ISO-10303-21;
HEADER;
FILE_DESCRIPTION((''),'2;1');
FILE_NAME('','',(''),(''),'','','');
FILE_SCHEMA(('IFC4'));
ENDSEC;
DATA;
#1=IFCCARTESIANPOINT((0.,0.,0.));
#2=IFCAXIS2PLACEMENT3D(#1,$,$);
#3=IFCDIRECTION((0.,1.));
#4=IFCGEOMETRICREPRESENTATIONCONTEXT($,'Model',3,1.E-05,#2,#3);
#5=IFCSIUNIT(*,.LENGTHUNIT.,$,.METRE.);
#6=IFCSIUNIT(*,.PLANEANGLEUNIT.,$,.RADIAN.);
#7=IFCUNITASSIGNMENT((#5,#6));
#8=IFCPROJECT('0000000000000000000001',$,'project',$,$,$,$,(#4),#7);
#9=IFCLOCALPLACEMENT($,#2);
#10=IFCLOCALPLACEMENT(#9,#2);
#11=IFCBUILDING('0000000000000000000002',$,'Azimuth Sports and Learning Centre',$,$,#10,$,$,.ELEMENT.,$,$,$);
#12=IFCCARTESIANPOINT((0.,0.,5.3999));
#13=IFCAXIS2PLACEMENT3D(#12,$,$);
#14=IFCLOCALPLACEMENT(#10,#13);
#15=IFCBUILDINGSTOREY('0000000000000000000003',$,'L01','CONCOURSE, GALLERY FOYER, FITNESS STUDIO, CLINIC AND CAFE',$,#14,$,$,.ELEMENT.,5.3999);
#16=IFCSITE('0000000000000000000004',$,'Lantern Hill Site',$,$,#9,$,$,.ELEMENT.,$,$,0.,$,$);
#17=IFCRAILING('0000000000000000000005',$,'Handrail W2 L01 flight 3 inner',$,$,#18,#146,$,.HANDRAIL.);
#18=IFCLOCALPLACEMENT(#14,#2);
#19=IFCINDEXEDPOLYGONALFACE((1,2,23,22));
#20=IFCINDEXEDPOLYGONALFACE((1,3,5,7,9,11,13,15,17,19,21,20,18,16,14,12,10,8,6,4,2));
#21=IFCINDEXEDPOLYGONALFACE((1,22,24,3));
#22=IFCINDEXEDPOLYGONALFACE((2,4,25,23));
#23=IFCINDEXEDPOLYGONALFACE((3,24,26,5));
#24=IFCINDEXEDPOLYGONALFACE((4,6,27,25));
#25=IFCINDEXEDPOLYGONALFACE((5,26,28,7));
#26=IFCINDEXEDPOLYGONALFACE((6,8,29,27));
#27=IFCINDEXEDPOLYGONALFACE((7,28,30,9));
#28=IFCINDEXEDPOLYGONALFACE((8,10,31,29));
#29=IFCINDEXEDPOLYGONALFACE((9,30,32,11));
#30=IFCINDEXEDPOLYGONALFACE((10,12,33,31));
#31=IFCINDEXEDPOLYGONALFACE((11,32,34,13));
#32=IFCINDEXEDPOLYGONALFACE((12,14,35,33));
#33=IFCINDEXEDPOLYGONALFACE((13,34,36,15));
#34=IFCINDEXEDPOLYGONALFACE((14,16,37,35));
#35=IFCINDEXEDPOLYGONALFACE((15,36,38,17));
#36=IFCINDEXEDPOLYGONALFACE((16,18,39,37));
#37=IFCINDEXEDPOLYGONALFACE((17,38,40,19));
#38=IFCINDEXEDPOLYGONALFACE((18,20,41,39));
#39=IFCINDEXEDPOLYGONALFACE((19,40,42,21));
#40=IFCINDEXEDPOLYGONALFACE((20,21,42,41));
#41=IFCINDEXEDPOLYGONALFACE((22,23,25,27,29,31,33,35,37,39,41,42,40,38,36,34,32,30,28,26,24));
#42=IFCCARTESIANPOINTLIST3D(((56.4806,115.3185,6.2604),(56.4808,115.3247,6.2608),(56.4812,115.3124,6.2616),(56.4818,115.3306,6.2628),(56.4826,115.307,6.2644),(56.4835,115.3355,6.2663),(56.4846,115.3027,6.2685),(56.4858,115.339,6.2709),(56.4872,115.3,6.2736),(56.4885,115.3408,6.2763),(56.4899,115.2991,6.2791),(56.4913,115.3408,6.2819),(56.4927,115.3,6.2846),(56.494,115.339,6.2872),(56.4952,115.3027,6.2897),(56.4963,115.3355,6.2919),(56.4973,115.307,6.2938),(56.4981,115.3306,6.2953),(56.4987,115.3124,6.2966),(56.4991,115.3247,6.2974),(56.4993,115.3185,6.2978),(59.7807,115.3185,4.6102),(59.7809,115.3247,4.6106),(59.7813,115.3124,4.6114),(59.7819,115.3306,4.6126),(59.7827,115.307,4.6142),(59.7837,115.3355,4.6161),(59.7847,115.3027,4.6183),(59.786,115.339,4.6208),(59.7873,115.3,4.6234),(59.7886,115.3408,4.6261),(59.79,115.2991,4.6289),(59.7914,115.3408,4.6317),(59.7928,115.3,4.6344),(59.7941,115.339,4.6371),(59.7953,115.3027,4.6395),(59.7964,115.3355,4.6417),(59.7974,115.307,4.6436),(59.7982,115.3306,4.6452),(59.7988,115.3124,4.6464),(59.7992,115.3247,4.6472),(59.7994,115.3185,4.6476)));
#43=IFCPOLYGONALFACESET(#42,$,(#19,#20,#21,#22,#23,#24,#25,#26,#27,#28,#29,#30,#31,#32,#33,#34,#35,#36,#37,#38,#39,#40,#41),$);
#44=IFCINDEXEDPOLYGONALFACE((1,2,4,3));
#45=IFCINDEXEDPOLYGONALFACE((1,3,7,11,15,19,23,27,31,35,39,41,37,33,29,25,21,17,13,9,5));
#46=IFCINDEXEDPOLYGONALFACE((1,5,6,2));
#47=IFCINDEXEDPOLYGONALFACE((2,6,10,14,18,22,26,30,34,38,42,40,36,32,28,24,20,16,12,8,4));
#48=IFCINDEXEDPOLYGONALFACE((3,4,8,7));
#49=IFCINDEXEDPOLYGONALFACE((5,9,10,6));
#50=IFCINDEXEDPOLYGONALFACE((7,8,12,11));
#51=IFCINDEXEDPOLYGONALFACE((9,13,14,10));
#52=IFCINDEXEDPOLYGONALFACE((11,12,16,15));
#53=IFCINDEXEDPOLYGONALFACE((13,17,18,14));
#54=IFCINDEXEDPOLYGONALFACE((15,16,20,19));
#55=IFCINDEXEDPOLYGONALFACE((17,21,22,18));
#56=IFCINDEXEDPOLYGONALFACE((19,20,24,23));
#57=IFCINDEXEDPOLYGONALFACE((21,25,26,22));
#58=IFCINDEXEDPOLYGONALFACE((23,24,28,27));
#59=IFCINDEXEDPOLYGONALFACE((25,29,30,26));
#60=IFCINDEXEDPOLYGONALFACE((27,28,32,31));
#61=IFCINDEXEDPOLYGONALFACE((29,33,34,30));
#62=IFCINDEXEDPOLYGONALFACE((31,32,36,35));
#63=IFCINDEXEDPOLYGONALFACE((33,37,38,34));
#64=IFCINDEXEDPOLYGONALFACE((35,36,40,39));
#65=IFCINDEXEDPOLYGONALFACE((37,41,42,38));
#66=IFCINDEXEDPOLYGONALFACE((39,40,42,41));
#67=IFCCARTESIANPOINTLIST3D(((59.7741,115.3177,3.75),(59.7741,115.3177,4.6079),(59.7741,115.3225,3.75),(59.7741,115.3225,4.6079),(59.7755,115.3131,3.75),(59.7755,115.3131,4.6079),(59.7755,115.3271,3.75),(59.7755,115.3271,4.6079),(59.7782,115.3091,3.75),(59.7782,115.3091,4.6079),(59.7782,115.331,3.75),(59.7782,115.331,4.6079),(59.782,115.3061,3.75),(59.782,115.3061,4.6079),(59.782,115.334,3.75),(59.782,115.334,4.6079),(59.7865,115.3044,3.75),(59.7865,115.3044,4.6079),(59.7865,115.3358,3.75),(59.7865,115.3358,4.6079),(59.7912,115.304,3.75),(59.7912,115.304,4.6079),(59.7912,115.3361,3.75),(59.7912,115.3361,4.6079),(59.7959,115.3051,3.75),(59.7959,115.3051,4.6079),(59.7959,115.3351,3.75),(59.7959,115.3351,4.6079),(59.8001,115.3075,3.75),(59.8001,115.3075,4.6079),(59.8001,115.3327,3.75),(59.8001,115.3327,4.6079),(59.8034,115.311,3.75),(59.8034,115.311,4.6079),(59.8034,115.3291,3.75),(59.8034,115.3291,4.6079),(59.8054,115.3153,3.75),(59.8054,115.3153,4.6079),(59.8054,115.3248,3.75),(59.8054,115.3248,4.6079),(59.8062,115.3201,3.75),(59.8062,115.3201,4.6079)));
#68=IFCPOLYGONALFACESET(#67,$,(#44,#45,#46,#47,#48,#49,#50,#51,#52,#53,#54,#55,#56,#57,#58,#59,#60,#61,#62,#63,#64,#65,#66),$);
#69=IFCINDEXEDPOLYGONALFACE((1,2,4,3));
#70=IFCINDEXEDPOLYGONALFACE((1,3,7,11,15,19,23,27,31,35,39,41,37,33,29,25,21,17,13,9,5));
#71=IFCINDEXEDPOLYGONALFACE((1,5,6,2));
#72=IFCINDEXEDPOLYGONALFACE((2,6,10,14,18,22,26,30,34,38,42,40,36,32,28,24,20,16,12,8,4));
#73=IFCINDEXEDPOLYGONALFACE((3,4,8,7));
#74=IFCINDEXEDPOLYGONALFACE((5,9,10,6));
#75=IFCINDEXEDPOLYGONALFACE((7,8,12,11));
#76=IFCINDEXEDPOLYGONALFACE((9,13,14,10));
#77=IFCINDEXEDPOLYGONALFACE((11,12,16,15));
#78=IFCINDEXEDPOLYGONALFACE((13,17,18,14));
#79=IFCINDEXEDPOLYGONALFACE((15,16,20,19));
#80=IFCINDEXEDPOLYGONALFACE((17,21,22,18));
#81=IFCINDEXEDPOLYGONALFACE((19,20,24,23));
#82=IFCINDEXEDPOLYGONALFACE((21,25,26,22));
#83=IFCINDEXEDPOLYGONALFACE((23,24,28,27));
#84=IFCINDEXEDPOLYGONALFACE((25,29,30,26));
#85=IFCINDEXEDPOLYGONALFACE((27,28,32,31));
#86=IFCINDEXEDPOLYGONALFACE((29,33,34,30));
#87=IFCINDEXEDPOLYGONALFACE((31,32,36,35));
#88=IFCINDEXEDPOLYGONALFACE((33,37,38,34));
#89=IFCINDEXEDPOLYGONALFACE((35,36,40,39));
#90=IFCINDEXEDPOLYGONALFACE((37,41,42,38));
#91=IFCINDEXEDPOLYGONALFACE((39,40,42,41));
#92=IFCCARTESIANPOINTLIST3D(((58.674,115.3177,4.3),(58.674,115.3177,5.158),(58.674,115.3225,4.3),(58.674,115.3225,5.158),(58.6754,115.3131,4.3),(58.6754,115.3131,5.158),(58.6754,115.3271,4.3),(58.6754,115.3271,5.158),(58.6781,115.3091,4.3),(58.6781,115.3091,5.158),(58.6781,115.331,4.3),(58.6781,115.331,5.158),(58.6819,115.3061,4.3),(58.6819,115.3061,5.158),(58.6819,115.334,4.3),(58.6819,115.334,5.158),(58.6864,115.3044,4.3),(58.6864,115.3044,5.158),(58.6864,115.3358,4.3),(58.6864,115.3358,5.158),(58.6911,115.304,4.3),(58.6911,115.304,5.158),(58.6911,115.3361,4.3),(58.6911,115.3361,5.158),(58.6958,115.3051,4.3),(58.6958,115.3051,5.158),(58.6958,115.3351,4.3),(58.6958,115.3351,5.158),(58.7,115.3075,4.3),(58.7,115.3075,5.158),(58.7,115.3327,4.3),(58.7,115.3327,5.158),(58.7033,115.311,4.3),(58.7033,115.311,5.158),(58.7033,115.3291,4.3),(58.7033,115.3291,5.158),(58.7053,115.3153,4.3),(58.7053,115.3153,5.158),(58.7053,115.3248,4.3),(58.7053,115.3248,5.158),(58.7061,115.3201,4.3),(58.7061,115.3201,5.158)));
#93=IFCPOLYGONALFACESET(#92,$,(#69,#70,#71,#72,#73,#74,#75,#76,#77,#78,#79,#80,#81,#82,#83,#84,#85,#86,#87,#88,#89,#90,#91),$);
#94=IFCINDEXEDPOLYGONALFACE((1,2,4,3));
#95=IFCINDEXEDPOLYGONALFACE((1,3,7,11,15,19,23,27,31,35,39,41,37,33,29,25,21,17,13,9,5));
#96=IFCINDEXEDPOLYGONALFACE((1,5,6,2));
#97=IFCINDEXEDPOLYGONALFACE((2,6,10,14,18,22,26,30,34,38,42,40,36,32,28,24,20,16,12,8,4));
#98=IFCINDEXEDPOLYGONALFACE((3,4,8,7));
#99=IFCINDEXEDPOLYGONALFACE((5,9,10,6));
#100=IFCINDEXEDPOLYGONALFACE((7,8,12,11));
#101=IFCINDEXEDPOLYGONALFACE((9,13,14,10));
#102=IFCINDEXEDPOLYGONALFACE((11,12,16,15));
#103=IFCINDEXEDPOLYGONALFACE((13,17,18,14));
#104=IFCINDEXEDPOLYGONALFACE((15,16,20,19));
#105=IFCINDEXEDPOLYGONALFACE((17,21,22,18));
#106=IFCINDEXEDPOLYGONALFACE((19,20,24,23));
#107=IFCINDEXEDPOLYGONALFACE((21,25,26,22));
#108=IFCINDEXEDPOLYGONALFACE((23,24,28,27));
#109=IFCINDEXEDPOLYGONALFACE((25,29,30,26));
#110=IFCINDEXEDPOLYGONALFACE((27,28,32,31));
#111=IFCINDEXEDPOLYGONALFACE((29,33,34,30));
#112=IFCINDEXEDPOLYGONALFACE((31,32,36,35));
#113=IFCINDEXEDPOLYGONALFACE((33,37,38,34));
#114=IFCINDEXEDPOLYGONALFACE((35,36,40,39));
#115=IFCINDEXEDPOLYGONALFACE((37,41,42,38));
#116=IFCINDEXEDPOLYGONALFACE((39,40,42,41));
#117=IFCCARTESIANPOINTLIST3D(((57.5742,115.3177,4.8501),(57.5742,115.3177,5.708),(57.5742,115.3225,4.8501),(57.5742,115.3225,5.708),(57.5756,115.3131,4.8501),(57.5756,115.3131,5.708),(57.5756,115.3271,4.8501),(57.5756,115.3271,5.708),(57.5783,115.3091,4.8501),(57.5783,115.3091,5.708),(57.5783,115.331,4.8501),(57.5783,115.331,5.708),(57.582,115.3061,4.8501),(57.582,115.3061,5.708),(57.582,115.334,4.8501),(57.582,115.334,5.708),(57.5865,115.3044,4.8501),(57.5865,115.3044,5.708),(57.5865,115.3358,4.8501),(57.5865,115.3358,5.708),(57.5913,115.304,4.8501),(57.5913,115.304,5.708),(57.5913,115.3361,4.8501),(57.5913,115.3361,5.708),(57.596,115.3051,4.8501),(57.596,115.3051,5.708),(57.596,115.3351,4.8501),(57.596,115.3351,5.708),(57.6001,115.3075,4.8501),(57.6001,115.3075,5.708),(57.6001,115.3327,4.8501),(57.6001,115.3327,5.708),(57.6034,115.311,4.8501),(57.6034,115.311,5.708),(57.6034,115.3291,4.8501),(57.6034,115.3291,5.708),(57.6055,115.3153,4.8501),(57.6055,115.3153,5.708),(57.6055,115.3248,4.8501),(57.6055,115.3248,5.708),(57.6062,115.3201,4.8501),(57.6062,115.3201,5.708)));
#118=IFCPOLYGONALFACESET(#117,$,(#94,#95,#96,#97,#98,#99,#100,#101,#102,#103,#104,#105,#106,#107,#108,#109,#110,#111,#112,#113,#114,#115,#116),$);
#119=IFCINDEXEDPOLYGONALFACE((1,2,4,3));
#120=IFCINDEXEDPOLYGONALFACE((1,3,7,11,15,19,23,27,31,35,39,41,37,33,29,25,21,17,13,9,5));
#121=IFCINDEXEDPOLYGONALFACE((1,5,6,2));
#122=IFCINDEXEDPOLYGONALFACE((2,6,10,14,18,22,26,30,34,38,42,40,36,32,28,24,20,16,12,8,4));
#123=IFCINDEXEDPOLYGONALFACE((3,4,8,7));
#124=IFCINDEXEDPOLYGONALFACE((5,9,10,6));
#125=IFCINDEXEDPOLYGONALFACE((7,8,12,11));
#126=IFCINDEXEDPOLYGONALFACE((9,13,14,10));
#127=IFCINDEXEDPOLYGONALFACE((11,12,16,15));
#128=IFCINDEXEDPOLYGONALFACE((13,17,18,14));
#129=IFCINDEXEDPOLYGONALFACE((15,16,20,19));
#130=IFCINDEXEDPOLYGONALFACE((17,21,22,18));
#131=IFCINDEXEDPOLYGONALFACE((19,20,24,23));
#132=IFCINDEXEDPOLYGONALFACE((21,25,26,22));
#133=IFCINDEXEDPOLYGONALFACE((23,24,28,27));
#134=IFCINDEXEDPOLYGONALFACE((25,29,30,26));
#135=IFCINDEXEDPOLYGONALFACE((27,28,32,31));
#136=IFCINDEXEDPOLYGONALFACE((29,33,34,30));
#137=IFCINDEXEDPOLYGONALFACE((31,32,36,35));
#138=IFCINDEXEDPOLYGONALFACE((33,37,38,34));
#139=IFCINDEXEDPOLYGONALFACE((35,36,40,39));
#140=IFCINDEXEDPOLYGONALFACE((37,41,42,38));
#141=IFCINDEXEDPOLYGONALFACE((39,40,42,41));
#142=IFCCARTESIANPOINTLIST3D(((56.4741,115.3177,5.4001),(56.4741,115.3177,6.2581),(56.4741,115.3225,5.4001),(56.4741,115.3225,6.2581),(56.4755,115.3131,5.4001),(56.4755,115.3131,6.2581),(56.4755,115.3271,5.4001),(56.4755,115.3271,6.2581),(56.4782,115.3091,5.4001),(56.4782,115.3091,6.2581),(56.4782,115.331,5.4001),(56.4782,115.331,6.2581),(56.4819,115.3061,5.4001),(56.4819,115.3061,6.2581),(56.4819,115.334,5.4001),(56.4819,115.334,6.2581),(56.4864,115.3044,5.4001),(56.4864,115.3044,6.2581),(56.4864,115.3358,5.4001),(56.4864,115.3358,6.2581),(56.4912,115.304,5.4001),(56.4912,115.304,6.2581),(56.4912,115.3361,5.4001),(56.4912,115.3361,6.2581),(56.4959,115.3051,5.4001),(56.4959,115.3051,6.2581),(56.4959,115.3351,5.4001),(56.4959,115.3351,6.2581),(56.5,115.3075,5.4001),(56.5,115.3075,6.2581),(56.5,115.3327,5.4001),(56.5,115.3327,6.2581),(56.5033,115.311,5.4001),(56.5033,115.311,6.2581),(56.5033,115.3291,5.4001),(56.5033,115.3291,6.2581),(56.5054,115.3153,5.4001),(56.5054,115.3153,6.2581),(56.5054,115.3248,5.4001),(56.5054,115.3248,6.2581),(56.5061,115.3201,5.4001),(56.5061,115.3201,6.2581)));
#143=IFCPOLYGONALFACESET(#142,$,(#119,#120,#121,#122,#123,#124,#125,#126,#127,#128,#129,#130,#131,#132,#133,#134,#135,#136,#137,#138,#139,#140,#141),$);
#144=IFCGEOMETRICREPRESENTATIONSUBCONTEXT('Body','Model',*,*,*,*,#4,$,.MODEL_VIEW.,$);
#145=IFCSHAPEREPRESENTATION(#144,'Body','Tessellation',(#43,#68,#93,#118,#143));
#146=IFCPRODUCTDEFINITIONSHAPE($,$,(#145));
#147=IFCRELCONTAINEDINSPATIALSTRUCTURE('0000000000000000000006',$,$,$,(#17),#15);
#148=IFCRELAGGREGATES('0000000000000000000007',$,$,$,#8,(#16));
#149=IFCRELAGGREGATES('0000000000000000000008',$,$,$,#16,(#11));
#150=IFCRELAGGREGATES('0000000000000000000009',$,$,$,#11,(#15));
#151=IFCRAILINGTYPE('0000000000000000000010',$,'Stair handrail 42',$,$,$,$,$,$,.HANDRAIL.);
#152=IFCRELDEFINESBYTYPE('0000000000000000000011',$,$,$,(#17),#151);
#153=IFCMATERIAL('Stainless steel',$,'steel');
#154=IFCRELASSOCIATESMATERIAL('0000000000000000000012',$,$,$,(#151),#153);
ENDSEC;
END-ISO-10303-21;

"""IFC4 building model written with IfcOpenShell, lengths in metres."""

from ifc_helpers import new_model, si_unit, direction, frame, origin, origin_2d, place, context, subcontext, project, spatial, circle, extrude, material, type_object, element, save


model = new_model("IFC4")

# Units and contexts
model_context = context("Model", 3, precision=1e-05, world=origin(), true_north=direction((0.0, 1.0)))
body_context = subcontext(model_context, "Body", "Model", "MODEL_VIEW")
ifc_project = project(units=[si_unit("LENGTHUNIT", "METRE"), si_unit("PLANEANGLEUNIT", "RADIAN")], contexts=[model_context])

# Site, building, storey
site_placement = place(None, origin())
site = spatial("IfcSite", under=ifc_project, at=site_placement, Name="Lantern Hill Site", CompositionType="ELEMENT", RefElevation=0.0)
building_placement = place(site_placement, origin())
building = spatial("IfcBuilding", under=site, at=building_placement, Name="Azimuth Sports and Learning Centre", CompositionType="ELEMENT")
storey_placement = place(building_placement, frame((0.0, 0.0, 5.3999)))
storey = spatial("IfcBuildingStorey", under=building, at=storey_placement, Name="L01", Description="CONCOURSE, GALLERY FOYER, FITNESS STUDIO, CLINIC AND CAFE", CompositionType="ELEMENT", Elevation=5.3999)

# Railing
ifc_material_1 = material(Name="Stainless steel", Category="steel")
railing_type_1 = type_object("IfcRailingType", Name="Stair handrail 42", PredefinedType="HANDRAIL", material=ifc_material_1)
for number, where, name in (
    (1, (59.79, 115.3201, 3.75), "Handrail W2 L01 flight 3 inner"),
):
    element("IfcRailing", number, at=place(storey_placement, frame(where)), inside=storey, type_object=railing_type_1, Name=name, PredefinedType="HANDRAIL", context=body_context, shape_type="SweptSolid", body=[
        extrude(circle(Radius=0.021, at=origin_2d()), frame((0.0, 0.0, 0.8789), z_axis=(-0.894414, 0.0, 0.44724), x_axis=(0.0, -1.0, 0.0)), (0.0, 0.0, 1.0), 3.6897),
        extrude(circle(Radius=0.0161, at=origin_2d()), origin(), (0.0, 0.0, 1.0), 0.8579),
        extrude(circle(Radius=0.0161, at=origin_2d()), frame((-1.1001, 0.0, 0.55)), (0.0, 0.0, 1.0), 0.8579),
        extrude(circle(Radius=0.0161, at=origin_2d()), frame((-2.2, 0.0, 1.1001)), (0.0, 0.0, 1.0), 0.8579),
        extrude(circle(Radius=0.0161, at=origin_2d()), frame((-3.3, 0.0, 1.6501)), (0.0, 0.0, 1.0), 0.8579),
    ])

save(model, "model.ifc")
